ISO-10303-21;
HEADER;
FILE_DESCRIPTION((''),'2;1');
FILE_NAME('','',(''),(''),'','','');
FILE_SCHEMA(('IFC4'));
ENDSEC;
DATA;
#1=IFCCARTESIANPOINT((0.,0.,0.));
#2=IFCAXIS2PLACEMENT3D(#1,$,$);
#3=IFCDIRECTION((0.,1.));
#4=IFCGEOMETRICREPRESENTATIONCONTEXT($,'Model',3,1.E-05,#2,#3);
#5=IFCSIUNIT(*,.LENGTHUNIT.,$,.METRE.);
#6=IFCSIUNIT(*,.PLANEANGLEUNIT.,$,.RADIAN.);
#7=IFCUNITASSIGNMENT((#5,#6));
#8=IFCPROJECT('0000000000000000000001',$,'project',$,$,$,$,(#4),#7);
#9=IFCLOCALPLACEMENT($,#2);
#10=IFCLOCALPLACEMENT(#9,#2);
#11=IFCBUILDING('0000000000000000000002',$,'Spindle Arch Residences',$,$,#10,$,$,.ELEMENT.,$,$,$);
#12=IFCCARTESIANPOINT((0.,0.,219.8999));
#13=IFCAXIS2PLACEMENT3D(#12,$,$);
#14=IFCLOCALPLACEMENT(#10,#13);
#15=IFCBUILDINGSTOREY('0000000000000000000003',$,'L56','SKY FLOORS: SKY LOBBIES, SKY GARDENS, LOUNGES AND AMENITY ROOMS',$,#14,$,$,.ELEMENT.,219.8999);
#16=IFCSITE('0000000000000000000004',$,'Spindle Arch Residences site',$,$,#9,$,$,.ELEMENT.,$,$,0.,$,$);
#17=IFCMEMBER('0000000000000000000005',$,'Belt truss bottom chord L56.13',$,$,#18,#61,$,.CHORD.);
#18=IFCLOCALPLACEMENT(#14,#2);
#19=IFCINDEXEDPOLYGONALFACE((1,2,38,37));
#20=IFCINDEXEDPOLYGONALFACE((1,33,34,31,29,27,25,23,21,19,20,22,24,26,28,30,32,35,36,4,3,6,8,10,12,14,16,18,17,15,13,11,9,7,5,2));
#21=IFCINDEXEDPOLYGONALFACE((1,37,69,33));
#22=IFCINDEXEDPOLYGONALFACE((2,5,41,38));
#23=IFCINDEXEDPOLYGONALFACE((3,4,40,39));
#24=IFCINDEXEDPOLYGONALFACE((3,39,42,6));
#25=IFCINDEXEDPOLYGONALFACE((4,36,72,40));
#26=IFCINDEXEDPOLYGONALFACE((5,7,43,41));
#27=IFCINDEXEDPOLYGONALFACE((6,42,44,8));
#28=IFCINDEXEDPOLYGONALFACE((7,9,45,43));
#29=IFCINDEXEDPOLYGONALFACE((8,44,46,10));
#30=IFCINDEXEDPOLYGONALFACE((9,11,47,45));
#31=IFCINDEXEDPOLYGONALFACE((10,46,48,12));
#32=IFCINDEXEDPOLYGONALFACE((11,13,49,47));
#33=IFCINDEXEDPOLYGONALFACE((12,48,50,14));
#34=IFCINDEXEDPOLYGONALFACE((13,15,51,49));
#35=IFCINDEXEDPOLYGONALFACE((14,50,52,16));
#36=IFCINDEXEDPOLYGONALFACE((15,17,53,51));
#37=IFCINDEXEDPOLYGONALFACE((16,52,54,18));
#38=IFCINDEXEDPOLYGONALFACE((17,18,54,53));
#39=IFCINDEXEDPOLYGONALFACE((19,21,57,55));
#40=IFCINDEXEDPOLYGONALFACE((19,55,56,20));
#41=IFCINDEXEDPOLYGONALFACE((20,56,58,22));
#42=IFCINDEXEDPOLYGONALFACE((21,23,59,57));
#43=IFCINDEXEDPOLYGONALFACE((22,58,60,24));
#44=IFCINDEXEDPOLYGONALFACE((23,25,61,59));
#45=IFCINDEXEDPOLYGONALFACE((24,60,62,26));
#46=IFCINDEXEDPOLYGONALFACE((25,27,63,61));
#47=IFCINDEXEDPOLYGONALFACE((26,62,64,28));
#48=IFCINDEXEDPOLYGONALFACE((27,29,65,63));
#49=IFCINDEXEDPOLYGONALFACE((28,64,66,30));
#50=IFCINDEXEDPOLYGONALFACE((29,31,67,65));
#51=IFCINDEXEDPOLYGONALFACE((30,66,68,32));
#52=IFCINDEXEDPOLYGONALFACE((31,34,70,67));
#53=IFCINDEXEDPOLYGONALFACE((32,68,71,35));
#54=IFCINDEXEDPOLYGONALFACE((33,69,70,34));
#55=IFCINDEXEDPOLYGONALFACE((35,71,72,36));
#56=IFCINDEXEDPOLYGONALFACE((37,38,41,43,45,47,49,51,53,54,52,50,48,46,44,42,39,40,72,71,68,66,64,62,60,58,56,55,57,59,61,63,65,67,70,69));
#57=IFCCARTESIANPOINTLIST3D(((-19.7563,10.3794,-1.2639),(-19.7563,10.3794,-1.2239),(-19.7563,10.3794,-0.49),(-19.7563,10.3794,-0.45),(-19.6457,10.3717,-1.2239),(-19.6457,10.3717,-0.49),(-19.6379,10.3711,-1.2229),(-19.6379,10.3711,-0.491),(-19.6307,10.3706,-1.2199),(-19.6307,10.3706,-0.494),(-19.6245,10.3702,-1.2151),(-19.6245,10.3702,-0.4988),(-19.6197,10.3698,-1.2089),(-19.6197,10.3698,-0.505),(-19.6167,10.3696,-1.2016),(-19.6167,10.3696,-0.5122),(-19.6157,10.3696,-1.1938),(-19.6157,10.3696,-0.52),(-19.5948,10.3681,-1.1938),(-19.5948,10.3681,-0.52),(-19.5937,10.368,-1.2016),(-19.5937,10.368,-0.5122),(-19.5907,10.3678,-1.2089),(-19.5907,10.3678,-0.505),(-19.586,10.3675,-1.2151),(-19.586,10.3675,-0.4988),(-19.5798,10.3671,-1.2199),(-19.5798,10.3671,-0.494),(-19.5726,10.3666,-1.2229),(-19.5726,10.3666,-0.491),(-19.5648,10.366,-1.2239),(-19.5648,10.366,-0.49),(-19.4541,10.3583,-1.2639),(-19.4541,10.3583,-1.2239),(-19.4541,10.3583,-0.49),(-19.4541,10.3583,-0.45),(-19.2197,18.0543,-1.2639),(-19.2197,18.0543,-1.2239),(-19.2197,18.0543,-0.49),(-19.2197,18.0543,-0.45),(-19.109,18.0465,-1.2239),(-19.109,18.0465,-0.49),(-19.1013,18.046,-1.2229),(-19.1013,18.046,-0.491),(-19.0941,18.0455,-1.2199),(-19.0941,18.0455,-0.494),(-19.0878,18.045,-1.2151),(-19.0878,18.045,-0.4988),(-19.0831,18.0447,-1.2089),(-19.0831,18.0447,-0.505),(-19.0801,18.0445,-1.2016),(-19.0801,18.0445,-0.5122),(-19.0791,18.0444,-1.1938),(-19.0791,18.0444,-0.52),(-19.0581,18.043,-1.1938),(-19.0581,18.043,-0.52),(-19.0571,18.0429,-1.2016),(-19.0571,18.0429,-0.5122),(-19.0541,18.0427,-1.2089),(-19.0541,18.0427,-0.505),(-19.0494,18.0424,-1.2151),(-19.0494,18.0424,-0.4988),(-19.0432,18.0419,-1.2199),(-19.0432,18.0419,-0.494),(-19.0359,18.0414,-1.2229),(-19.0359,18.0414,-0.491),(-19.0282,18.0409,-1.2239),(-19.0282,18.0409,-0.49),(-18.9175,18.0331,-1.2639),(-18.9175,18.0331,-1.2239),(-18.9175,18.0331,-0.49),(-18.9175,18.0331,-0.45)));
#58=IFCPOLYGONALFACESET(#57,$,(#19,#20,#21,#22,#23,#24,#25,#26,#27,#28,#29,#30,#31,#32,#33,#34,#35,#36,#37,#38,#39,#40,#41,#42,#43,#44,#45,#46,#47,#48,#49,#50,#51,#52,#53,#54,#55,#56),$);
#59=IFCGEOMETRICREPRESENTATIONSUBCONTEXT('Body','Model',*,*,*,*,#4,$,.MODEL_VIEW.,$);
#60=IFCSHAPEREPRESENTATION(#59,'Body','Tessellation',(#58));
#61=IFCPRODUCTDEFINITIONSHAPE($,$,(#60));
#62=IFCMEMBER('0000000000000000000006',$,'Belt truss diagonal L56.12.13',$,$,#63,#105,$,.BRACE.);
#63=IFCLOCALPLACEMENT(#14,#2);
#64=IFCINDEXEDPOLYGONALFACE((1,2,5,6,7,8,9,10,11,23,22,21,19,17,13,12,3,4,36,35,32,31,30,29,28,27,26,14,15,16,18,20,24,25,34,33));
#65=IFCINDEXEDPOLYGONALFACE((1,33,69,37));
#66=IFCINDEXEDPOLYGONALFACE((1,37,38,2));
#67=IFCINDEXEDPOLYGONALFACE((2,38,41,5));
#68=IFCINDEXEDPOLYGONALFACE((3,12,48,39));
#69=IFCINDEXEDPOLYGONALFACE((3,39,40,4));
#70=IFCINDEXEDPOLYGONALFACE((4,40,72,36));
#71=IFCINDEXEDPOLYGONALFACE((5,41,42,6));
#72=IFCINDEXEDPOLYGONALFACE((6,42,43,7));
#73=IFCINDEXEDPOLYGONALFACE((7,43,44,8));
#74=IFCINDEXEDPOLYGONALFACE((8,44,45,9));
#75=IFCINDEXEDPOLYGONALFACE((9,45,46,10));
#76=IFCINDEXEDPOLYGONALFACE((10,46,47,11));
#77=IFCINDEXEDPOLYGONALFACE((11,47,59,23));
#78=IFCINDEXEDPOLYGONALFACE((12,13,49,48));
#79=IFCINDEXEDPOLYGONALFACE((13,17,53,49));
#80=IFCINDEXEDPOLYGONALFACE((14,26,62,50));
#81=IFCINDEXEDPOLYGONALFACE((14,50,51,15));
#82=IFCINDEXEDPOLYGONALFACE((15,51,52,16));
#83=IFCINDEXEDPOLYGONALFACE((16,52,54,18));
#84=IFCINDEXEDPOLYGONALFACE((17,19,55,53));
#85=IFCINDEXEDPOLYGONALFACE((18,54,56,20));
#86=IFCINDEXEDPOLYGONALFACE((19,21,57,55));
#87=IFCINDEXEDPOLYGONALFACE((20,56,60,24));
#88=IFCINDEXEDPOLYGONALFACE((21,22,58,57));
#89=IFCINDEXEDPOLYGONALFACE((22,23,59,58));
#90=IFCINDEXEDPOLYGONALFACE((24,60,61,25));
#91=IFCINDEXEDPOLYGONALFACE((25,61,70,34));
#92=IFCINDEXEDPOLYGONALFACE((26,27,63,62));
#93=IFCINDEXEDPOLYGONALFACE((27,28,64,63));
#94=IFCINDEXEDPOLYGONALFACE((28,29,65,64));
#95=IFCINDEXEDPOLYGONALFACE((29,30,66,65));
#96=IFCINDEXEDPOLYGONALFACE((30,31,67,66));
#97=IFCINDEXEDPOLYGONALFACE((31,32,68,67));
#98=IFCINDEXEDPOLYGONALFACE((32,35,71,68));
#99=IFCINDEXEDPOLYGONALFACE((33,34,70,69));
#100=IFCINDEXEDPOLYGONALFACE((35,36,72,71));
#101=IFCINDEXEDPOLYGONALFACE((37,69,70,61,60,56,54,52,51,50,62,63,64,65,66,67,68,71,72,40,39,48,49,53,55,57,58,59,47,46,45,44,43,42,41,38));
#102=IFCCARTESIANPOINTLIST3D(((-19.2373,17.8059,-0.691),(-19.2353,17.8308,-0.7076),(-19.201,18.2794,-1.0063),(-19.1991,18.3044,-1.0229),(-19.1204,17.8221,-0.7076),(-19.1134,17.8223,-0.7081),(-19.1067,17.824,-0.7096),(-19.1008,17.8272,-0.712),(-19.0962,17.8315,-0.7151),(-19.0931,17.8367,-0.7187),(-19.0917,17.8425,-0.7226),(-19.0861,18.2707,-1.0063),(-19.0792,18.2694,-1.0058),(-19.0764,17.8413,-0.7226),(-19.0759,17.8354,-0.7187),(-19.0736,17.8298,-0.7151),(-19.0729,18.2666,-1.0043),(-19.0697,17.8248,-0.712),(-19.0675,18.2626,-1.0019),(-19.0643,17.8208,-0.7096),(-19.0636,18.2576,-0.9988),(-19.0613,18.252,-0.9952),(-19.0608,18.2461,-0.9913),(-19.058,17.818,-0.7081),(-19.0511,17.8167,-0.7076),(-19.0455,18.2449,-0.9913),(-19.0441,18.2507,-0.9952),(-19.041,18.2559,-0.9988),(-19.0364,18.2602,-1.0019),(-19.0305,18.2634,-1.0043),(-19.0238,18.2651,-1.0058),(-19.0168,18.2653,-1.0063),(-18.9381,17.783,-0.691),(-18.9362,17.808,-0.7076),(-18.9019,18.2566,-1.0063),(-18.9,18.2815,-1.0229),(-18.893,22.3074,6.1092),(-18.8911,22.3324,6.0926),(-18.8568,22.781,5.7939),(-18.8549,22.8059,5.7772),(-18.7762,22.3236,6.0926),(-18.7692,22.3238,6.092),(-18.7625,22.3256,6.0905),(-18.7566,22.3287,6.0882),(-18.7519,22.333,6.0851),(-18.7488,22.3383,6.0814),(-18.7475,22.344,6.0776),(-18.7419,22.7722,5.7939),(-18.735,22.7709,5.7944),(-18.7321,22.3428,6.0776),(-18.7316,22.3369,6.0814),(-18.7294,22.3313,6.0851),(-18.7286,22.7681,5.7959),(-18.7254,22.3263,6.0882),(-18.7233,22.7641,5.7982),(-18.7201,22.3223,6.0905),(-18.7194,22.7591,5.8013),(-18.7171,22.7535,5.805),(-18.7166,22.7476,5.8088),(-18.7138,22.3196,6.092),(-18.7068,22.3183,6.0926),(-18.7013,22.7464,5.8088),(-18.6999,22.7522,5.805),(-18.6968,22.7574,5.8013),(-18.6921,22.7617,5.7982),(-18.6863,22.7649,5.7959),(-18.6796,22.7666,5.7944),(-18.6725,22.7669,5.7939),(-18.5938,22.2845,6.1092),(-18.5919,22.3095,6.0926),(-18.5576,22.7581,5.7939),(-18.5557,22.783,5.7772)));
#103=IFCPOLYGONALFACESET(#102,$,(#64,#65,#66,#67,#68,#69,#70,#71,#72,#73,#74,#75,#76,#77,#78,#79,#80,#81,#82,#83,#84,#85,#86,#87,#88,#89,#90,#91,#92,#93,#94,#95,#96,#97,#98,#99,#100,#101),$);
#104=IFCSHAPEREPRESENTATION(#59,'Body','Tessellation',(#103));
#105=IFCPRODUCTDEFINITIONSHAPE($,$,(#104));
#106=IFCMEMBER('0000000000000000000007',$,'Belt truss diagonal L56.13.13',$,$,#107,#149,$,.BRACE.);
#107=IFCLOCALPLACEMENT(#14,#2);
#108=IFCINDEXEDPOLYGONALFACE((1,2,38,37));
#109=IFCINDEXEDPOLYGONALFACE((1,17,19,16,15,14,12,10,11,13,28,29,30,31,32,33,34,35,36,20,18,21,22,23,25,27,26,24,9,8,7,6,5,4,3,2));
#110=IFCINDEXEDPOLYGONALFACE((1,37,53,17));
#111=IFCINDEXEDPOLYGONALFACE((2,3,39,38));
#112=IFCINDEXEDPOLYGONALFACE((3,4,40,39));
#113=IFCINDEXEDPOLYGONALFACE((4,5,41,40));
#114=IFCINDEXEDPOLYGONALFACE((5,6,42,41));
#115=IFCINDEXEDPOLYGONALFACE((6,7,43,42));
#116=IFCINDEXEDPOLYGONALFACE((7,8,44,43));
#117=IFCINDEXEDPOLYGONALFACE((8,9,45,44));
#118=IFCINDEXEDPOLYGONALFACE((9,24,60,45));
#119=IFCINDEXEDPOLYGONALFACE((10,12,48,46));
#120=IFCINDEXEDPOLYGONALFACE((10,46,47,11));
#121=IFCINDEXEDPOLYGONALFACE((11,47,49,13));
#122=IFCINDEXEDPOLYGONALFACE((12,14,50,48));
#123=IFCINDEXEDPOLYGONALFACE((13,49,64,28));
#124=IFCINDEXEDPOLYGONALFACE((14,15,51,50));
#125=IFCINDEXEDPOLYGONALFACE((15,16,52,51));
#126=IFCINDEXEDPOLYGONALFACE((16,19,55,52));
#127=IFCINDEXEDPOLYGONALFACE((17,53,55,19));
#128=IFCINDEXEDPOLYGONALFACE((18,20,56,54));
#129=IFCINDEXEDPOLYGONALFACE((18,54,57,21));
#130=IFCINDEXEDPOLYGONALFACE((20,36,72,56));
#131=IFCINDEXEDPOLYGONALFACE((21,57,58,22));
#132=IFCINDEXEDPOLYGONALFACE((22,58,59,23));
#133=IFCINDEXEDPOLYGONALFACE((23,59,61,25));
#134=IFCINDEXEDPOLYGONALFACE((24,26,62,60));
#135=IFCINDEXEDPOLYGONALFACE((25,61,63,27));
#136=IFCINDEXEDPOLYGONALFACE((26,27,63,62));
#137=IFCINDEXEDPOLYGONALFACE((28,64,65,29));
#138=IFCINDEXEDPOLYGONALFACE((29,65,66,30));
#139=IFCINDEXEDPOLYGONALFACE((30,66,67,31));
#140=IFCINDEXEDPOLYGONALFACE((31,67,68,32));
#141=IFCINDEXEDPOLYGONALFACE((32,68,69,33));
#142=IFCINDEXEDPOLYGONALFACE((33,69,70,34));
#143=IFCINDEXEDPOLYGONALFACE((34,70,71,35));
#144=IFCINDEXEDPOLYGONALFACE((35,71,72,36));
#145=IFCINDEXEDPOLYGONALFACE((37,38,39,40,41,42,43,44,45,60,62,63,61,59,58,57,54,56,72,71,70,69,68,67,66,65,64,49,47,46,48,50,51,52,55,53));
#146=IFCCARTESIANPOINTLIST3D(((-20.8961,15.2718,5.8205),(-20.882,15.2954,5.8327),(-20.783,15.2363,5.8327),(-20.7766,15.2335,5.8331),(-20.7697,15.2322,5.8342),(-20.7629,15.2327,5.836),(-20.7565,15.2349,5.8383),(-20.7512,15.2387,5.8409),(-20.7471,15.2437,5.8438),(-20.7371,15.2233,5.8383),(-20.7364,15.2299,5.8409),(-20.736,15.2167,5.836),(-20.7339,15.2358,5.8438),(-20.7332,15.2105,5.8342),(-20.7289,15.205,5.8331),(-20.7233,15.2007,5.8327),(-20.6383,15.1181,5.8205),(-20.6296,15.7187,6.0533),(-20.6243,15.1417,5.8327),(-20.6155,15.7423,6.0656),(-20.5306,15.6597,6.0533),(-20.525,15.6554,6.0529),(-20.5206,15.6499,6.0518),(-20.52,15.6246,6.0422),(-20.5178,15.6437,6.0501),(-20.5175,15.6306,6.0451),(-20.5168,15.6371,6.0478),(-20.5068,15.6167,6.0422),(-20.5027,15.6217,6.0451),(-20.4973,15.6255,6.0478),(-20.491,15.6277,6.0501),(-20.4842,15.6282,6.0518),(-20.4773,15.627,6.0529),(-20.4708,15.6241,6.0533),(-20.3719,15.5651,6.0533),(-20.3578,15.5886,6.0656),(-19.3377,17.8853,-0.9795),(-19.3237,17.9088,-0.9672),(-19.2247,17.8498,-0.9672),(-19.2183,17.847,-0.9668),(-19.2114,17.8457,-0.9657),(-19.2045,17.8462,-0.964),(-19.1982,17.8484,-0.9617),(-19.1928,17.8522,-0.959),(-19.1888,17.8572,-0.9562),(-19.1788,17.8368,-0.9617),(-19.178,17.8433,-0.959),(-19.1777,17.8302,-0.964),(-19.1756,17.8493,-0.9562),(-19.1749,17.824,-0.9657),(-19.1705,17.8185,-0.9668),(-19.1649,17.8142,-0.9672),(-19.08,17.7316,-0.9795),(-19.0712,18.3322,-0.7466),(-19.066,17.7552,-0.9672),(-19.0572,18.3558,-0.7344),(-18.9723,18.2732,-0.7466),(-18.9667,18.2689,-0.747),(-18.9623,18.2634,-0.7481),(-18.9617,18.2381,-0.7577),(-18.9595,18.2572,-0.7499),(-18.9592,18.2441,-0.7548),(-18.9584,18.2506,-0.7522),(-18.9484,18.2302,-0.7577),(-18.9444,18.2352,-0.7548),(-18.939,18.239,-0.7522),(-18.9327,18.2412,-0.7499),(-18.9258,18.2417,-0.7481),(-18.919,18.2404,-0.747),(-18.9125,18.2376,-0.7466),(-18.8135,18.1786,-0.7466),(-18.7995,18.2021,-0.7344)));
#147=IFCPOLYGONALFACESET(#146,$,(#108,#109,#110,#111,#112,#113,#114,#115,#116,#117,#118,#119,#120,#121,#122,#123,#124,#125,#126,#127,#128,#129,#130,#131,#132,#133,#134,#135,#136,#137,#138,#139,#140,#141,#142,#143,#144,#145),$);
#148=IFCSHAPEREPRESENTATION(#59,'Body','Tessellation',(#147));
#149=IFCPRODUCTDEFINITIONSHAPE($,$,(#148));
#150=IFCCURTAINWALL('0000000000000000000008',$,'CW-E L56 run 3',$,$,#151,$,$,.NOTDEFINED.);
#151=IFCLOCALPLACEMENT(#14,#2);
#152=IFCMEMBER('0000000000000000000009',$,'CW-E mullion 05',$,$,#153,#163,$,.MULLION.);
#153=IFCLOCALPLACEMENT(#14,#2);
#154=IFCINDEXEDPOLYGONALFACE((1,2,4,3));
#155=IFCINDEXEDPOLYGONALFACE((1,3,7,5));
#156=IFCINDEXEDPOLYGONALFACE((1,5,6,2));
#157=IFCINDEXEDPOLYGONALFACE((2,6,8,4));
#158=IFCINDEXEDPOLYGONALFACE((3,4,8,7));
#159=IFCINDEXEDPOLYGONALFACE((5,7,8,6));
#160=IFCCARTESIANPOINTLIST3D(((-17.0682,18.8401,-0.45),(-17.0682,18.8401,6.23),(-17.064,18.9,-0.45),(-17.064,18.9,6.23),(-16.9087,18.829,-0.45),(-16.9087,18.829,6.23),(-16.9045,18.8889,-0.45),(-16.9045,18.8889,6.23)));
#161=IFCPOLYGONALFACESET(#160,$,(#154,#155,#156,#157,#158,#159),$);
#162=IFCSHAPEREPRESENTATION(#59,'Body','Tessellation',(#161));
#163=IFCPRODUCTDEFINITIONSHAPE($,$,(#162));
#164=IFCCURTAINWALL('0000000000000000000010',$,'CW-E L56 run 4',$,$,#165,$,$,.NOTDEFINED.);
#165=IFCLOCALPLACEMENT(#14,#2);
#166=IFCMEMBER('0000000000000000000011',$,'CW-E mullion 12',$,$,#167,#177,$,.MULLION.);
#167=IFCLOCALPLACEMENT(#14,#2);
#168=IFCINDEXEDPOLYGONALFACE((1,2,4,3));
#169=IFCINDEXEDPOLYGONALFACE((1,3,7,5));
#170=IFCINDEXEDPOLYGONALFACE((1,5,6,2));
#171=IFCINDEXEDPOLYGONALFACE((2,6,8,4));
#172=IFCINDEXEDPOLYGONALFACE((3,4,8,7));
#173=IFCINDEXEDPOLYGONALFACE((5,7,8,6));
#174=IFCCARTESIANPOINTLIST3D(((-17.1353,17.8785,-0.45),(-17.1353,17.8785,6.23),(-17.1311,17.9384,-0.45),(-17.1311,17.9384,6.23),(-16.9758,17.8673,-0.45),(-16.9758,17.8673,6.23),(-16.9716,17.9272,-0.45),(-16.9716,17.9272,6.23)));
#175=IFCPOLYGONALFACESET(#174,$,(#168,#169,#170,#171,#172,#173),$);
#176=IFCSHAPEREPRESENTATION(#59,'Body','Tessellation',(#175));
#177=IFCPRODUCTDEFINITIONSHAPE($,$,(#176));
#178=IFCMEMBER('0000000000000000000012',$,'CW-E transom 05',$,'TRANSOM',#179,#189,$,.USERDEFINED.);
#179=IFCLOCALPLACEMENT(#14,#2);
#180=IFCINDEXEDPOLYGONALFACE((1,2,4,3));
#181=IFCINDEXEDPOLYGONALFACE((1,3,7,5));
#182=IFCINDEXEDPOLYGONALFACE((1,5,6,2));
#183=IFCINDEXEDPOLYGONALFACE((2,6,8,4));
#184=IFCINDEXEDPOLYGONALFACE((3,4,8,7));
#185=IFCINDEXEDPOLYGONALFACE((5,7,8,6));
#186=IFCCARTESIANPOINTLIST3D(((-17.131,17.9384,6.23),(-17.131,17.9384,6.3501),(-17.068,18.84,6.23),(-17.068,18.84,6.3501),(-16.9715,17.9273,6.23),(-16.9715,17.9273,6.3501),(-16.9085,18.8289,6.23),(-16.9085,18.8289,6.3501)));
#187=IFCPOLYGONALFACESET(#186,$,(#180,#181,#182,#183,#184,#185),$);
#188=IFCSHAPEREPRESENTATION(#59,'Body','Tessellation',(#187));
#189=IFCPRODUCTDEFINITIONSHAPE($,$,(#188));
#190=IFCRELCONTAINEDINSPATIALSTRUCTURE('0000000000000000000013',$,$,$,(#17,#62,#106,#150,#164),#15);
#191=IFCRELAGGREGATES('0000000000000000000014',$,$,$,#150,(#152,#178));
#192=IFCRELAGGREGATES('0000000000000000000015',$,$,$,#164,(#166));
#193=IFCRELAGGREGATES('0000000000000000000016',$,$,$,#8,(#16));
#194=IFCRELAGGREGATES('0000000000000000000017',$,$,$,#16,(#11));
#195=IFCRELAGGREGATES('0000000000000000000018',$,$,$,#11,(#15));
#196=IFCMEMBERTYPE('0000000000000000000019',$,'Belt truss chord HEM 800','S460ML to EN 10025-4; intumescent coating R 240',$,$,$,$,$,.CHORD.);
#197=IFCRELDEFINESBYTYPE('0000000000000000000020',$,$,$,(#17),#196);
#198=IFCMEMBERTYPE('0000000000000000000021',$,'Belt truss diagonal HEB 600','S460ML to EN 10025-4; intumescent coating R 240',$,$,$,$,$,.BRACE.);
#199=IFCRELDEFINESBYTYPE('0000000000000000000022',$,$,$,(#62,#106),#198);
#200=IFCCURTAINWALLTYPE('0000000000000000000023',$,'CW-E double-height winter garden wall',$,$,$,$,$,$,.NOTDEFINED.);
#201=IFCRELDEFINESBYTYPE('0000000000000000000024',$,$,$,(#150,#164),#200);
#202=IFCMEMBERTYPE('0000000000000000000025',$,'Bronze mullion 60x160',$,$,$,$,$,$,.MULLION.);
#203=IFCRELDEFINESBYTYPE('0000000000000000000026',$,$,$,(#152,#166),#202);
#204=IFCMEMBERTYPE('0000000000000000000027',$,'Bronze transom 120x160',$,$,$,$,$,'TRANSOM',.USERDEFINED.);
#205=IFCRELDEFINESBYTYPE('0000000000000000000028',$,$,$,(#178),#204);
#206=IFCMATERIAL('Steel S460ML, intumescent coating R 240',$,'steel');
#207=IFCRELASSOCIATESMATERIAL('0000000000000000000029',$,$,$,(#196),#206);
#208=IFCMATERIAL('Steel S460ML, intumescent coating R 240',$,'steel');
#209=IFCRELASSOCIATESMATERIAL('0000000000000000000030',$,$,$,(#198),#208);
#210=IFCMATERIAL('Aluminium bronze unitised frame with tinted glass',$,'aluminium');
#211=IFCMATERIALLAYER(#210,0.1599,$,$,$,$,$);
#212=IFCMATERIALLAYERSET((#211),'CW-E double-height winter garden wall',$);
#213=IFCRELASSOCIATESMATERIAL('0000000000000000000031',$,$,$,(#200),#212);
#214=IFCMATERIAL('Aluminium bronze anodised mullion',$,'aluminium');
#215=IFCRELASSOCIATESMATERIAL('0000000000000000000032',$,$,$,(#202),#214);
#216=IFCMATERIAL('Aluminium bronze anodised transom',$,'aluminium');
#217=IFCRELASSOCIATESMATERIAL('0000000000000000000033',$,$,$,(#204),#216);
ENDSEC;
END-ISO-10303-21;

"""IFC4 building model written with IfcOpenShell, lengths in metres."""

from ifc_helpers import new_model, si_unit, direction, frame, origin, origin_2d, place, context, subcontext, project, spatial, rectangle, i_section, extrude, material, layer, layer_set, material_profile, profile_set, type_object, element, aggregate, save


model = new_model("IFC4")

# Units and contexts
model_context = context("Model", 3, precision=1e-05, world=origin(), true_north=direction((0.0, 1.0)))
body_context = subcontext(model_context, "Body", "Model", "MODEL_VIEW")
ifc_project = project(units=[si_unit("LENGTHUNIT", "METRE"), si_unit("PLANEANGLEUNIT", "RADIAN")], contexts=[model_context])

# Site, building, storey
site_placement = place(None, origin())
site = spatial("IfcSite", under=ifc_project, at=site_placement, Name="Spindle Arch Residences site", CompositionType="ELEMENT", RefElevation=0.0)
building_placement = place(site_placement, origin())
building = spatial("IfcBuilding", under=site, at=building_placement, Name="Spindle Arch Residences", CompositionType="ELEMENT")
storey_placement = place(building_placement, frame((0.0, 0.0, 219.8999)))
storey = spatial("IfcBuildingStorey", under=building, at=storey_placement, Name="L56", Description="SKY FLOORS: SKY LOBBIES, SKY GARDENS, LOUNGES AND AMENITY ROOMS", CompositionType="ELEMENT", Elevation=219.8999)

# Members
ifc_material_1 = material(Name="Steel S460ML, intumescent coating R 240", Category="steel")
ifc_material_profile_1 = material_profile(ifc_material_1, i_section(OverallWidth=0.303, OverallDepth=0.814, WebThickness=0.021, FlangeThickness=0.04, FilletRadius=0.03, at=origin_2d()), Name="HEM 800")
ifc_profile_set_1 = profile_set([ifc_material_profile_1], Name="Steel S460ML, intumescent coating R 240")
member_type_1 = type_object("IfcMemberType", Name="Belt truss chord HEM 800", Description="S460ML to EN 10025-4; intumescent coating R 240", PredefinedType="CHORD", material=ifc_profile_set_1)
member_1_placement = place(storey_placement, frame((-19.0686, 18.0437, -0.8569), z_axis=(-0.06975, -0.997565, 0.0), x_axis=(0.997565, -0.06975, 0.0)))
element("IfcMember", 1, at=member_1_placement, inside=storey, type_object=member_type_1, Name="Belt truss bottom chord L56.13", PredefinedType="CHORD", context=body_context, shape_type="SweptSolid", body=[
    extrude(i_section(OverallWidth=0.303, OverallDepth=0.814, WebThickness=0.021, FlangeThickness=0.04, FilletRadius=0.03, at=origin_2d()), origin(), (0.0, 0.0, 1.0), 7.6936),
])
ifc_material_2 = material(Name="Steel S460ML, intumescent coating R 240", Category="steel")
ifc_material_profile_2 = material_profile(ifc_material_2, i_section(OverallWidth=0.3, OverallDepth=0.6001, WebThickness=0.0154, FlangeThickness=0.03, FilletRadius=0.0271, at=origin_2d()), Name="HEB 600")
ifc_profile_set_2 = profile_set([ifc_material_profile_2], Name="Steel S460ML, intumescent coating R 240")
member_type_2 = type_object("IfcMemberType", Name="Belt truss diagonal HEB 600", Description="S460ML to EN 10025-4; intumescent coating R 240", PredefinedType="BRACE", material=ifc_profile_set_2)
member_2_placement = place(storey_placement, frame((-19.0686, 18.0437, -0.8569), z_axis=(0.042174, 0.551498, 0.833109), x_axis=(-0.997089, 0.07625, 0.0)))
element("IfcMember", 2, at=member_2_placement, inside=storey, type_object=member_type_2, Name="Belt truss diagonal L56.12.13", PredefinedType="BRACE", context=body_context, shape_type="SweptSolid", body=[
    extrude(i_section(OverallWidth=0.3, OverallDepth=0.6001, WebThickness=0.0154, FlangeThickness=0.03, FilletRadius=0.0271, at=origin_2d()), origin(), (0.0, 0.0, 1.0), 8.1624),
])
member_3_placement = place(storey_placement, frame((-19.0686, 18.0437, -0.8569), z_axis=(-0.20918, -0.350818, 0.912782), x_axis=(0.858906, -0.512134, 0.0)))
element("IfcMember", 3, at=member_3_placement, inside=storey, type_object=member_type_2, Name="Belt truss diagonal L56.13.13", PredefinedType="BRACE", context=body_context, shape_type="SweptSolid", body=[
    extrude(i_section(OverallWidth=0.3, OverallDepth=0.6001, WebThickness=0.0154, FlangeThickness=0.03, FilletRadius=0.0271, at=origin_2d()), origin(), (0.0, 0.0, 1.0), 7.4497),
])

# Curtain walls, members
ifc_material_3 = material(Name="Aluminium bronze unitised frame with tinted glass", Category="aluminium")
ifc_layer_1 = layer(ifc_material_3, 0.1599)
ifc_layer_set_1 = layer_set([ifc_layer_1], Name="CW-E double-height winter garden wall")
curtain_wall_type = type_object("IfcCurtainWallType", Name="CW-E double-height winter garden wall", PredefinedType="NOTDEFINED", material=ifc_layer_set_1)
curtain_wall_1_placement = place(storey_placement, origin())
curtain_wall_1 = element("IfcCurtainWall", 4, at=curtain_wall_1_placement, inside=storey, type_object=curtain_wall_type, Name="CW-E L56 run 3", PredefinedType="NOTDEFINED")
ifc_material_4 = material(Name="Aluminium bronze anodised mullion", Category="aluminium")
ifc_material_profile_3 = material_profile(ifc_material_4, rectangle(XDim=0.1599, YDim=0.0601, at=origin_2d()), Name="MU 60x160")
ifc_profile_set_3 = profile_set([ifc_material_profile_3], Name="Aluminium bronze anodised mullion")
member_type_3 = type_object("IfcMemberType", Name="Bronze mullion 60x160", PredefinedType="MULLION", material=ifc_profile_set_3)
member_4_placement = place(storey_placement, frame((-16.9863, 18.8645, -0.45), z_axis=(0.0, 0.0, 1.0), x_axis=(0.997564, -0.069756, 0.0)))
member_4 = element("IfcMember", 5, at=member_4_placement, type_object=member_type_3, Name="CW-E mullion 05", PredefinedType="MULLION", context=body_context, shape_type="SweptSolid", body=[
    extrude(rectangle(XDim=0.1599, YDim=0.0601, at=origin_2d()), origin(), (0.0, 0.0, 1.0), 6.6799),
])
curtain_wall_2_placement = place(storey_placement, origin())
curtain_wall_2 = element("IfcCurtainWall", 6, at=curtain_wall_2_placement, inside=storey, type_object=curtain_wall_type, Name="CW-E L56 run 4", PredefinedType="NOTDEFINED")
member_5_placement = place(storey_placement, frame((-17.0535, 17.9028, -0.45), z_axis=(0.0, 0.0, 1.0), x_axis=(0.997564, -0.069756, 0.0)))
member_5 = element("IfcMember", 7, at=member_5_placement, type_object=member_type_3, Name="CW-E mullion 12", PredefinedType="MULLION", context=body_context, shape_type="SweptSolid", body=[
    extrude(rectangle(XDim=0.1599, YDim=0.0601, at=origin_2d()), origin(), (0.0, 0.0, 1.0), 6.6799),
])

# Member
ifc_material_5 = material(Name="Aluminium bronze anodised transom", Category="aluminium")
ifc_material_profile_4 = material_profile(ifc_material_5, rectangle(XDim=0.1599, YDim=0.1201, at=origin_2d()), Name="TR 120x160")
ifc_profile_set_4 = profile_set([ifc_material_profile_4], Name="Aluminium bronze anodised transom")
member_type_4 = type_object("IfcMemberType", Name="Bronze transom 120x160", ElementType="TRANSOM", PredefinedType="USERDEFINED", material=ifc_profile_set_4)
member_6_placement = place(storey_placement, frame((-16.9883, 18.8345, 6.29), z_axis=(-0.069692, -0.997569, 0.0), x_axis=(0.997569, -0.069692, 0.0)))
member_6 = element("IfcMember", 8, at=member_6_placement, type_object=member_type_4, Name="CW-E transom 05", ObjectType="TRANSOM", PredefinedType="USERDEFINED", context=body_context, shape_type="SweptSolid", body=[
    extrude(rectangle(XDim=0.1599, YDim=0.1201, at=origin_2d()), origin(), (0.0, 0.0, 1.0), 0.9038),
])

aggregate(curtain_wall_1, [member_4, member_6])
aggregate(curtain_wall_2, [member_5])

save(model, "model.ifc")
